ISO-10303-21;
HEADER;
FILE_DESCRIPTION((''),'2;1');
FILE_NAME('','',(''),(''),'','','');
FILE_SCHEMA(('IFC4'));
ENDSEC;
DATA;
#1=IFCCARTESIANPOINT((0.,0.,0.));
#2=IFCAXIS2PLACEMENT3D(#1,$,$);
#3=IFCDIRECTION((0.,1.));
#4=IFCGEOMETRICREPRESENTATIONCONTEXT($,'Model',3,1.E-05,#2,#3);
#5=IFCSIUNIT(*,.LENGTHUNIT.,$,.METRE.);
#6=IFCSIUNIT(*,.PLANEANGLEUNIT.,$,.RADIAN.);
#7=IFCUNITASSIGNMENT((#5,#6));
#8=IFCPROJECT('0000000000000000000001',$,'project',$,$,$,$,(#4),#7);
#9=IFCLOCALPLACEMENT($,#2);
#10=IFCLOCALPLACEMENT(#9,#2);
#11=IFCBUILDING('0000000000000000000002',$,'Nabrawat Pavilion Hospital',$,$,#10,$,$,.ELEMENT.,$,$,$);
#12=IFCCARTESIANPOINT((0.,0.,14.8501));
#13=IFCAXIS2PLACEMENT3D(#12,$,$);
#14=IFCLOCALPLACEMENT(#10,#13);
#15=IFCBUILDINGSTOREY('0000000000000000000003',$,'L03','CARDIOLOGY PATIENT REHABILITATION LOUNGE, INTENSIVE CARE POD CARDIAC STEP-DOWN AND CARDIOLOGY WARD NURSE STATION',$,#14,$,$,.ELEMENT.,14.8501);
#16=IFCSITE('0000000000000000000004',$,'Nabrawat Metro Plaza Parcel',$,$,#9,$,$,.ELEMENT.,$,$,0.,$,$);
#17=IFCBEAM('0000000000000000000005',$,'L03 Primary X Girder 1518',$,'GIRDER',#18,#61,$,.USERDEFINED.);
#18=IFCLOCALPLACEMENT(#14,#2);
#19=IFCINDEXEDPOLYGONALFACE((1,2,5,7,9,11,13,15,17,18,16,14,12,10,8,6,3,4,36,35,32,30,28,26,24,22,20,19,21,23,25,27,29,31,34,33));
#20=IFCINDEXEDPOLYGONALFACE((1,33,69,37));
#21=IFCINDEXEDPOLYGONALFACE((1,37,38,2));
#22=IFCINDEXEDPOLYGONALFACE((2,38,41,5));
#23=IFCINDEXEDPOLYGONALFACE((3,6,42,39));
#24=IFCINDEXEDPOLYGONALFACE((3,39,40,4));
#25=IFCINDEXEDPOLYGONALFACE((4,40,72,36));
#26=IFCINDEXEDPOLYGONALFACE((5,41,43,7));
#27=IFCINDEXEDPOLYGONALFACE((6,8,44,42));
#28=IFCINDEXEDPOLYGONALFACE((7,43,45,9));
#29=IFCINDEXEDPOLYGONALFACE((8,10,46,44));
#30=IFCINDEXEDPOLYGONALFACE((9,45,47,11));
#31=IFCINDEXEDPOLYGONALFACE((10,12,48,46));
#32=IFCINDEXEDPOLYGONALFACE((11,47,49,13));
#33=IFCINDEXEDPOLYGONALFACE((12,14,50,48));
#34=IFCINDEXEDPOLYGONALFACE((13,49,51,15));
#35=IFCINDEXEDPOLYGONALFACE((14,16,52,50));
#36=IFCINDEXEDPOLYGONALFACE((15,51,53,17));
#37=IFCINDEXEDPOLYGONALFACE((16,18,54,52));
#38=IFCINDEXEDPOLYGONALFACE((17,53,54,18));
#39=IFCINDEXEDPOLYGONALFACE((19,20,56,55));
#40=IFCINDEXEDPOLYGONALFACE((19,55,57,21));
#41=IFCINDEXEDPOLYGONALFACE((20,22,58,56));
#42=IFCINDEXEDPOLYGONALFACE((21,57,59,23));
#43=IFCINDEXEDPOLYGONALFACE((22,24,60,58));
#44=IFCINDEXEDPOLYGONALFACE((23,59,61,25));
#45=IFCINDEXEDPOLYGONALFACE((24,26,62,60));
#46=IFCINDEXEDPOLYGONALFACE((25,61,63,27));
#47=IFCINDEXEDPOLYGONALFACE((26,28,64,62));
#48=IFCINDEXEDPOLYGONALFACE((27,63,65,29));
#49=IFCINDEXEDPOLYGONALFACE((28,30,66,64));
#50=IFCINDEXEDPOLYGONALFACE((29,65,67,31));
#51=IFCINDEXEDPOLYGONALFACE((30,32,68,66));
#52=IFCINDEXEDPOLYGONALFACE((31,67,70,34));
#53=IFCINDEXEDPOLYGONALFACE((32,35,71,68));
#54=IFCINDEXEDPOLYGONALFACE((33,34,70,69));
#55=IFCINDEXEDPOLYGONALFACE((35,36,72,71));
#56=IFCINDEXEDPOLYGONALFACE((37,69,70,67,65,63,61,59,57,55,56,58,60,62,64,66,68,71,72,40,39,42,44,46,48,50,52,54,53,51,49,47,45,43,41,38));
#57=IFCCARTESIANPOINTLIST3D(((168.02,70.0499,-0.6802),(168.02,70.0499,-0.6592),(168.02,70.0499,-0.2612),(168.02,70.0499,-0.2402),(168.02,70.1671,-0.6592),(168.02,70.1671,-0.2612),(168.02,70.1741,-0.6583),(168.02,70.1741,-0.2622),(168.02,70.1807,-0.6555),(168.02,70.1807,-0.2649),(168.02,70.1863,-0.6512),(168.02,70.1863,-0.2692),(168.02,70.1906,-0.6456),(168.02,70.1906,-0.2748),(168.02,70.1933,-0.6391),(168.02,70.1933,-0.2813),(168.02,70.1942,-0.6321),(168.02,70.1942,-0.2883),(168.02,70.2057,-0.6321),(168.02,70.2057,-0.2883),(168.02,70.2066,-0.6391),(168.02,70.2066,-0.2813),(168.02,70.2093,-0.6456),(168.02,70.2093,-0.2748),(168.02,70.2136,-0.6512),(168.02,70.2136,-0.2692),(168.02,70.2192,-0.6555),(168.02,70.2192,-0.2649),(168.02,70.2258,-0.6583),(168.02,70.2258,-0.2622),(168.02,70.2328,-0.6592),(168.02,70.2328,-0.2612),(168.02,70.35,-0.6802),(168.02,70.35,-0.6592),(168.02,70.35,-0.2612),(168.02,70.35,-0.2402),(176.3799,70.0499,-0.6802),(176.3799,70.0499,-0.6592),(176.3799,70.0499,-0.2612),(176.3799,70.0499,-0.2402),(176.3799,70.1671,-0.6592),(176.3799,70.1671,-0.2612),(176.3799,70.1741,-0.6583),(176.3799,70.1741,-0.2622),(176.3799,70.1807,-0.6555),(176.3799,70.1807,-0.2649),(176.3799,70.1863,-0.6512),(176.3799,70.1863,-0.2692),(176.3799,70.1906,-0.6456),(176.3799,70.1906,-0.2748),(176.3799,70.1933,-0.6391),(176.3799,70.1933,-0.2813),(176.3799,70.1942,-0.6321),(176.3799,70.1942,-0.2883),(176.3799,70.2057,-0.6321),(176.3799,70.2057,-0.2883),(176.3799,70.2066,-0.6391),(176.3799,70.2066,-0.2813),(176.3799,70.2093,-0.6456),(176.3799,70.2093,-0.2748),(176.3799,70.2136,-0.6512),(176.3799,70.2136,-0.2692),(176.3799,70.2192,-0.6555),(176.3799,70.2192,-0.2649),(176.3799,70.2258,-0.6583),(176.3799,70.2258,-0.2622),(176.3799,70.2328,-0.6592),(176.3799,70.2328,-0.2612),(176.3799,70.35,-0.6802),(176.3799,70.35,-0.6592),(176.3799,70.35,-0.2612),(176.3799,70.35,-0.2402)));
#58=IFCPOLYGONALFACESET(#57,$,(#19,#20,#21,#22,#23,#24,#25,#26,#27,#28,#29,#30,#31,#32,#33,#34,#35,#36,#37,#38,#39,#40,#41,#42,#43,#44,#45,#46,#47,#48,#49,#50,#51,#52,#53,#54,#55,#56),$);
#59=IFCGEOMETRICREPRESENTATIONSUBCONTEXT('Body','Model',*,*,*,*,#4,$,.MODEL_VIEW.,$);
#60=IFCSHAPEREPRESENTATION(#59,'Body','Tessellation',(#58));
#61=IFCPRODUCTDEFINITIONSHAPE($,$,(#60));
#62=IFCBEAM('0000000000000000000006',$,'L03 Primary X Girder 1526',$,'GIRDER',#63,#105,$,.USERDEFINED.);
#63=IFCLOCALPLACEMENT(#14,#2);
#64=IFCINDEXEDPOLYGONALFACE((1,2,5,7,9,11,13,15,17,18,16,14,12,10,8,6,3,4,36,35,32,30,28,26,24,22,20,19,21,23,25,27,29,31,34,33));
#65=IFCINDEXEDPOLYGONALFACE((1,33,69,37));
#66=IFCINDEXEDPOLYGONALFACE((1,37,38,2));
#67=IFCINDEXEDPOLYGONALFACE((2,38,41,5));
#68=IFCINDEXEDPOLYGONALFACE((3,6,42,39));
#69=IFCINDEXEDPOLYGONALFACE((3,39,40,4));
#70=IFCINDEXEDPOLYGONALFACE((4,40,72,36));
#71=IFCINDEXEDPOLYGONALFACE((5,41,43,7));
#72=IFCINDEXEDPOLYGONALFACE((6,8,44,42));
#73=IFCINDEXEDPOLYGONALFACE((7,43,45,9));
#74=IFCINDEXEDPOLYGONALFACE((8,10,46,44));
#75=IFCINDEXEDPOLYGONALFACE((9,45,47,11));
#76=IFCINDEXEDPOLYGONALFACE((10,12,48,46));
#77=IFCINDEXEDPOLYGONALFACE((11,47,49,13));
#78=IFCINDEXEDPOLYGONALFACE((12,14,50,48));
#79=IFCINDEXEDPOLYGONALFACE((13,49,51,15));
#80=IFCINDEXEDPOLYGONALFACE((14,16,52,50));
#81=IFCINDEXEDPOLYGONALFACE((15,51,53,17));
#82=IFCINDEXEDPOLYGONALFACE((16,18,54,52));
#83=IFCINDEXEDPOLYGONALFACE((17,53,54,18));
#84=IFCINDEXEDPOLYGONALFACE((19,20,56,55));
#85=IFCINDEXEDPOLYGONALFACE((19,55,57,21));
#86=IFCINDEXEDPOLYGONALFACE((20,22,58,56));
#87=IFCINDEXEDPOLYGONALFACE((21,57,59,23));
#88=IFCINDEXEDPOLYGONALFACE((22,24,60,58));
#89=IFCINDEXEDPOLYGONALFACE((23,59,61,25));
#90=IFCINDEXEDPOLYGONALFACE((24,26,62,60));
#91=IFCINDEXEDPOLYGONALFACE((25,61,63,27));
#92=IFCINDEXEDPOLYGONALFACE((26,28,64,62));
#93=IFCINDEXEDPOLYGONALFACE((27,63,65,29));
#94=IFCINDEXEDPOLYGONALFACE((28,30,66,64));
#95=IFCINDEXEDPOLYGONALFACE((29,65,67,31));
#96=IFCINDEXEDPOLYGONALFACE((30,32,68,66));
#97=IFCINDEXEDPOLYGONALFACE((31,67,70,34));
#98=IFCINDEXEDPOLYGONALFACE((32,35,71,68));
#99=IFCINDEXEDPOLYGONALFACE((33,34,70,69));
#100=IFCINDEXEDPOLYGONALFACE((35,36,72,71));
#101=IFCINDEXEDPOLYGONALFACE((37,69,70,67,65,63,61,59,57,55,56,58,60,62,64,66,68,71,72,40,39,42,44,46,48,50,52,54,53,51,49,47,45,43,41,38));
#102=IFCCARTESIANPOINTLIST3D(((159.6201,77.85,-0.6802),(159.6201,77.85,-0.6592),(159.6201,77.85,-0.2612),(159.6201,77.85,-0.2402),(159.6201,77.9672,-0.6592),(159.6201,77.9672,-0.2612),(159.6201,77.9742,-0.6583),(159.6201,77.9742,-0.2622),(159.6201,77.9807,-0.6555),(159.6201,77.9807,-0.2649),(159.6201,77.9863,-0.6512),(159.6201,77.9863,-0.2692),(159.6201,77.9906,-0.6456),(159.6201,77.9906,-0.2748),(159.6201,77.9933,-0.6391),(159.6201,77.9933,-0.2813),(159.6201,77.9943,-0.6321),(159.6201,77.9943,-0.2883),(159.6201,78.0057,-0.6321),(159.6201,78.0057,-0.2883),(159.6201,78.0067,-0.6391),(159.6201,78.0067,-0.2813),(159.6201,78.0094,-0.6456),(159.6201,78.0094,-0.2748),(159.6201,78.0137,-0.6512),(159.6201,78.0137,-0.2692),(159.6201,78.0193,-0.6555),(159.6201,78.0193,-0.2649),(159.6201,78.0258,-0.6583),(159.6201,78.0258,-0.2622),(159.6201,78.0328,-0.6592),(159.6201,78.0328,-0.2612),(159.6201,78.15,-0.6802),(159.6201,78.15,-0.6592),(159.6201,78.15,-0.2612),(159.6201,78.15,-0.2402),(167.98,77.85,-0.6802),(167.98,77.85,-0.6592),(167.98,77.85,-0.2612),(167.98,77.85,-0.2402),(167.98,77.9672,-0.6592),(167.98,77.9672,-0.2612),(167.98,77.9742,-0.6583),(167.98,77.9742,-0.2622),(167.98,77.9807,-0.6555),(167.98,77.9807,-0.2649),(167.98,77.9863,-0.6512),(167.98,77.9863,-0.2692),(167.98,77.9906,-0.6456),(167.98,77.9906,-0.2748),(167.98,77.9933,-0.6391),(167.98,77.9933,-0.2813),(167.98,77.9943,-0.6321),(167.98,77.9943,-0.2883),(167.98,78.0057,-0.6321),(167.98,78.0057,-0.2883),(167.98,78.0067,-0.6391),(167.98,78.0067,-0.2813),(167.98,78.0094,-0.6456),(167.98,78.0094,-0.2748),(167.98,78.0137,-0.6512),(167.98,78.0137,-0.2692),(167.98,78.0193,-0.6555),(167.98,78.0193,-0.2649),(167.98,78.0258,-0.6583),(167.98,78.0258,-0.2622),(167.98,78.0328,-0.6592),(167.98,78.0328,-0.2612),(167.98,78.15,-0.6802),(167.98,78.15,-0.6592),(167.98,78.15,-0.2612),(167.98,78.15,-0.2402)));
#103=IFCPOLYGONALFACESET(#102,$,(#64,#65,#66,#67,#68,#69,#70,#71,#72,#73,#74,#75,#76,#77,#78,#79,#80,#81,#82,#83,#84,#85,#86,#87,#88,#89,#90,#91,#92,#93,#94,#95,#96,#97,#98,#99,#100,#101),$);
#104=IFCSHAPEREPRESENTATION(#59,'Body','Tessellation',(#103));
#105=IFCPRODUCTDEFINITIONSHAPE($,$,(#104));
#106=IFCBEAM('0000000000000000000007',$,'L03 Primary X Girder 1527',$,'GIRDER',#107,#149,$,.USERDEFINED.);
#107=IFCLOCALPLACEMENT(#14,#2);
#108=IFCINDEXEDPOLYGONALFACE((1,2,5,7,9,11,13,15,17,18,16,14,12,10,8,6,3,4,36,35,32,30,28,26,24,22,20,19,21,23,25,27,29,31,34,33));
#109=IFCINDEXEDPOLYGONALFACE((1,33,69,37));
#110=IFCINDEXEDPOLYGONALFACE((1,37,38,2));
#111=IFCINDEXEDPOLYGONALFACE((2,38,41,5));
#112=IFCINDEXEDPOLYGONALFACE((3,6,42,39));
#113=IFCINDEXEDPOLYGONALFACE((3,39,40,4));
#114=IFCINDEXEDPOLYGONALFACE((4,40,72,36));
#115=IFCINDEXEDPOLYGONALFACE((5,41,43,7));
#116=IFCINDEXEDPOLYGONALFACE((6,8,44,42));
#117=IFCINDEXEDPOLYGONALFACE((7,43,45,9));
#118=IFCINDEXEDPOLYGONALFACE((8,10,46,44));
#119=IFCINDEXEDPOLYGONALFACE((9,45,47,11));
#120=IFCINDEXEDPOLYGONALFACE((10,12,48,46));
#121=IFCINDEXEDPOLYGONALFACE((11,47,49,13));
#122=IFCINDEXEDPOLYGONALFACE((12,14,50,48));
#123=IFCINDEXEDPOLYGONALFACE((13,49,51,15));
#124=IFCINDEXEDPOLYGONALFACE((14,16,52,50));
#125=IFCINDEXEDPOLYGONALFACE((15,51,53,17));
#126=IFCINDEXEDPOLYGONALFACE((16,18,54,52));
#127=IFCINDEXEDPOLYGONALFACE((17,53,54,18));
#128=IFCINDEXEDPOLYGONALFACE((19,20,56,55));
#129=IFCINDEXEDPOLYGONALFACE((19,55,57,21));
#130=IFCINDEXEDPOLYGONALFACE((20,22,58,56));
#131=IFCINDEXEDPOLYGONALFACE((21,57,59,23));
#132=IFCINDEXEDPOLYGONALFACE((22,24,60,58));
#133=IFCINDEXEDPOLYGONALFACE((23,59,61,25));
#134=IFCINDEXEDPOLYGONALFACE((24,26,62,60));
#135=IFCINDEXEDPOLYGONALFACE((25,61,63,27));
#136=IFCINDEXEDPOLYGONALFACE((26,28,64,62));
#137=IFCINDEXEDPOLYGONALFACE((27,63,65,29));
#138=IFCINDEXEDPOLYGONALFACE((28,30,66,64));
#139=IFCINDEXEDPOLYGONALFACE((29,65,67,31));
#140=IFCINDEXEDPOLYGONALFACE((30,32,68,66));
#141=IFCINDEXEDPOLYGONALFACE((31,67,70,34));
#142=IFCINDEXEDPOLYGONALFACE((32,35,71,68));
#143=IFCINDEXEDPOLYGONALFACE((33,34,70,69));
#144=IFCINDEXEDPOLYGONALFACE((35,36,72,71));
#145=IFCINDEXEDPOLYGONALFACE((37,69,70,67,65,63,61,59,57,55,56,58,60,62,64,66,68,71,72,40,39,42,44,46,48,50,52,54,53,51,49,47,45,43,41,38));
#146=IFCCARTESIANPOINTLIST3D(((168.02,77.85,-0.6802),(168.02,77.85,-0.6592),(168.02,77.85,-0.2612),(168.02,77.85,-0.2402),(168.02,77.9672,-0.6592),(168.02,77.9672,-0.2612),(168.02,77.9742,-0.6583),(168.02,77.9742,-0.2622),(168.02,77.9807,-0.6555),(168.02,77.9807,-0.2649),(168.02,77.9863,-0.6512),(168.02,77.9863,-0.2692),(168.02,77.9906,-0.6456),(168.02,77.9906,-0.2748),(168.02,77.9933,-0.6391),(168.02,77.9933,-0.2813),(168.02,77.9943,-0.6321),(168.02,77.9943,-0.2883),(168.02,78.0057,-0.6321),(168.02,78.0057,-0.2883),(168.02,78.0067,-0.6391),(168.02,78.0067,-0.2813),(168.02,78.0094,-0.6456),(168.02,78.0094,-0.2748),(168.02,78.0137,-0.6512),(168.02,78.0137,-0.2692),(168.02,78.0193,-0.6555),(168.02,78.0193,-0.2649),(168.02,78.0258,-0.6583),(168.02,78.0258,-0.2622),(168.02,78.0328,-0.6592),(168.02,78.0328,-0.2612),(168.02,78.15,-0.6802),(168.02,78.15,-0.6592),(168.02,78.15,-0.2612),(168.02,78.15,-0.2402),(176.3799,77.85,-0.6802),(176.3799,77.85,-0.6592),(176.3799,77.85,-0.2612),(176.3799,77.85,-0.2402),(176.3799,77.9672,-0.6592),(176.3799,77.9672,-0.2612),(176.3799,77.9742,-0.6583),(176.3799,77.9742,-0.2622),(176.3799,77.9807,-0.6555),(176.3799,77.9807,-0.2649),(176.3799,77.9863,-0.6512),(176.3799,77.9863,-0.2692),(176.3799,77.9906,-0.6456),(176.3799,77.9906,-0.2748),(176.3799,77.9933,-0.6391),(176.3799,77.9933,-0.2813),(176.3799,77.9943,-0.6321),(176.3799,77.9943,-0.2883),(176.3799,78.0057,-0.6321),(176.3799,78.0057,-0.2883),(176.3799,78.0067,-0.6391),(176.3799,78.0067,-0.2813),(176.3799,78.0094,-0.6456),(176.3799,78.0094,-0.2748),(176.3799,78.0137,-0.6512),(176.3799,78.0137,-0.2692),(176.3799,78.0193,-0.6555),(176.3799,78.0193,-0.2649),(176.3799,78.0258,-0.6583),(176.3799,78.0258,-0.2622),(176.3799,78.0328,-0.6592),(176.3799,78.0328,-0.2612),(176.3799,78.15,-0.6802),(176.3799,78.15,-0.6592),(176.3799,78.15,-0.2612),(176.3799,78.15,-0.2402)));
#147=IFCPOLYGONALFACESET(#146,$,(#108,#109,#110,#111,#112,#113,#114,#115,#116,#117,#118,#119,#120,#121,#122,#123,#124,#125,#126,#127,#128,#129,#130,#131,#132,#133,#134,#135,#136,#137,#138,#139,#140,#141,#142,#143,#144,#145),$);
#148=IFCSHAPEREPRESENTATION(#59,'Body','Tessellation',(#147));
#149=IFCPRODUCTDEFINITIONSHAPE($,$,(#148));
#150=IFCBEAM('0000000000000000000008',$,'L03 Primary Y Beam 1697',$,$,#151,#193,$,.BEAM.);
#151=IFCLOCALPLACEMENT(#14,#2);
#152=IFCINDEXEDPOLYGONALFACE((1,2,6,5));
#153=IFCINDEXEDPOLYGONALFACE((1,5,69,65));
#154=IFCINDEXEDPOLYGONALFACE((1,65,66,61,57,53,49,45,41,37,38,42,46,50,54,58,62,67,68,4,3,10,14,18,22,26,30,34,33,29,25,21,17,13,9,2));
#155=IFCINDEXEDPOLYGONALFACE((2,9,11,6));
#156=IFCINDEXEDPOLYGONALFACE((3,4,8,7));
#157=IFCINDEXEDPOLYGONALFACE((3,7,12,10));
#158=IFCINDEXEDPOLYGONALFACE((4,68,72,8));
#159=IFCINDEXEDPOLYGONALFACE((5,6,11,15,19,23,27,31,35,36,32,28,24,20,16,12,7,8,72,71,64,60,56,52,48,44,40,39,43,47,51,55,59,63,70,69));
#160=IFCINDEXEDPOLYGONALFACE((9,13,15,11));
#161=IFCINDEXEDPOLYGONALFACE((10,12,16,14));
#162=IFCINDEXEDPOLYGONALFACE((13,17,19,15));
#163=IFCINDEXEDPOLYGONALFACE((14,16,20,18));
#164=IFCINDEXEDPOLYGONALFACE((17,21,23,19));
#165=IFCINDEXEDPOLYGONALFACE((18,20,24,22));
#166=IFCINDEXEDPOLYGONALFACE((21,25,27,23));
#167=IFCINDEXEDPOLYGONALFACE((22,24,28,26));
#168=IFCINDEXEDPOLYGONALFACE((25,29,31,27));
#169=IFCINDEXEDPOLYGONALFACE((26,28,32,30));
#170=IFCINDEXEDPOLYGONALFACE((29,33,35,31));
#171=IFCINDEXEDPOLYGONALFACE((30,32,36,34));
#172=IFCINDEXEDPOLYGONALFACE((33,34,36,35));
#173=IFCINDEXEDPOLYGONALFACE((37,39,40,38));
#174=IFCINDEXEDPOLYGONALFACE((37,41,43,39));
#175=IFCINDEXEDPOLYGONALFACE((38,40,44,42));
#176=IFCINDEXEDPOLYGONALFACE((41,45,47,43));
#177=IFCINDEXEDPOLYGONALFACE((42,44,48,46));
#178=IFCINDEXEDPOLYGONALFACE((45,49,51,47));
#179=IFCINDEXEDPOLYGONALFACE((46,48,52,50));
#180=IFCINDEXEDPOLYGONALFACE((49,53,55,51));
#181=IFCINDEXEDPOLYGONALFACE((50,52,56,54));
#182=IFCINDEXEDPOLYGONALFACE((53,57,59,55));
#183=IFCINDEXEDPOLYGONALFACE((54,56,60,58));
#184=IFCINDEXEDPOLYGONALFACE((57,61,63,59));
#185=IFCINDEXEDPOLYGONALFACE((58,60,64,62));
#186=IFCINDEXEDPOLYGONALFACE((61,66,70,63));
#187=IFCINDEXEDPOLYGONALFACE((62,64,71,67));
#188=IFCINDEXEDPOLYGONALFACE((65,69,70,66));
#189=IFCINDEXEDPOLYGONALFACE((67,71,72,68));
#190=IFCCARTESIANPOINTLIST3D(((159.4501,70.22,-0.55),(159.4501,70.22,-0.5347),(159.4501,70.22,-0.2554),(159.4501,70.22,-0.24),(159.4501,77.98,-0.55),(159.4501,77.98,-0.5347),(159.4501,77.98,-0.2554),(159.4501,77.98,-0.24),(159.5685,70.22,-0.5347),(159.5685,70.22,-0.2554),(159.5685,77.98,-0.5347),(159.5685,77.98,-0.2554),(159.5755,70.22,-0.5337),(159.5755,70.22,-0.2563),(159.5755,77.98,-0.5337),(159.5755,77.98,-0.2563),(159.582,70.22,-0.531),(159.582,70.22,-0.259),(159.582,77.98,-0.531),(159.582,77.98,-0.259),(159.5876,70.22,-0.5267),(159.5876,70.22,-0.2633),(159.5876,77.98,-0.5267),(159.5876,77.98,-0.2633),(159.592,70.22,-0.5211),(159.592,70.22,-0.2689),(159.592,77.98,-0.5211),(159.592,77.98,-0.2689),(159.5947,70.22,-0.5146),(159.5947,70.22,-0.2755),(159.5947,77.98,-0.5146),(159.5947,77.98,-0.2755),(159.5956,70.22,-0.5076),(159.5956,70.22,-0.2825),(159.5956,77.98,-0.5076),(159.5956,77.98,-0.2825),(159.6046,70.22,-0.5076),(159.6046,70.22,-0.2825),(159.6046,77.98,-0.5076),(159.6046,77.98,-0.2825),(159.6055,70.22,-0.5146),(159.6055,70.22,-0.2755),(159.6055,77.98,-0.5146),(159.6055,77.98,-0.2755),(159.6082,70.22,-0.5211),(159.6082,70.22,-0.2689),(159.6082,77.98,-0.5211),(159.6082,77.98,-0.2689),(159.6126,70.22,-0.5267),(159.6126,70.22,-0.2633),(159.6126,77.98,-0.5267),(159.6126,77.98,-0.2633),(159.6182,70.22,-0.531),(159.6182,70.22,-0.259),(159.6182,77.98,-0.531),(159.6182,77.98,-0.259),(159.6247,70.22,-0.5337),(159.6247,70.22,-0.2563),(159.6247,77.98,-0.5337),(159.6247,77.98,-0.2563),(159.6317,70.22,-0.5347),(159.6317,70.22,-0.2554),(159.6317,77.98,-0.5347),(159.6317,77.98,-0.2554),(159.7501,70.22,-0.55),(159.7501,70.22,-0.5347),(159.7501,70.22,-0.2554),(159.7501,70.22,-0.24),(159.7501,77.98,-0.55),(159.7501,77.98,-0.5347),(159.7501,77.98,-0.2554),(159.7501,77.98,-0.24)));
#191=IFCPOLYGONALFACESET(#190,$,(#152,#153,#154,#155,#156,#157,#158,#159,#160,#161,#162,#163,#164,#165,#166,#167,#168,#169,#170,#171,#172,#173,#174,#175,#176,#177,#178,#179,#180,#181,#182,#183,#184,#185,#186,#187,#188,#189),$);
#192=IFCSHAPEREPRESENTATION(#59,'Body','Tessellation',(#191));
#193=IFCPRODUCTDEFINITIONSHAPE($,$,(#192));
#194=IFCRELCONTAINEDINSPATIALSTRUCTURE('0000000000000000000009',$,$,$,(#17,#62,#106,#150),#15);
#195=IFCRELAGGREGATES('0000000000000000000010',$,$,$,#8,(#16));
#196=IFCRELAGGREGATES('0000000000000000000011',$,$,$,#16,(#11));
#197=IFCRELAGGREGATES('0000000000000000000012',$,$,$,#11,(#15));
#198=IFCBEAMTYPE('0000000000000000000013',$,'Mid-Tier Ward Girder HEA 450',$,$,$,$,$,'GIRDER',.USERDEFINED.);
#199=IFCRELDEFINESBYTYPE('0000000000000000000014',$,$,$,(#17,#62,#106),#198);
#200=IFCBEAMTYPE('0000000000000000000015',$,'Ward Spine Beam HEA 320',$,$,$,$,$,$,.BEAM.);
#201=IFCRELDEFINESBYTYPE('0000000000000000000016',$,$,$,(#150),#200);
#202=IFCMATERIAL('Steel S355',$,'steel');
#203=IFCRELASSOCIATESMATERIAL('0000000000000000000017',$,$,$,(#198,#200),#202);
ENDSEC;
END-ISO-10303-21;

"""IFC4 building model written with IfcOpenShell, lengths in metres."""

from ifc_helpers import new_model, si_unit, direction, frame, origin, origin_2d, place, context, subcontext, project, spatial, i_section, extrude, material, material_profile, profile_set, type_object, element, save


model = new_model("IFC4")

# Units and contexts
model_context = context("Model", 3, precision=1e-05, world=origin(), true_north=direction((0.0, 1.0)))
body_context = subcontext(model_context, "Body", "Model", "MODEL_VIEW")
ifc_project = project(units=[si_unit("LENGTHUNIT", "METRE"), si_unit("PLANEANGLEUNIT", "RADIAN")], contexts=[model_context])

# Site, building, storey
site_placement = place(None, origin())
site = spatial("IfcSite", under=ifc_project, at=site_placement, Name="Nabrawat Metro Plaza Parcel", CompositionType="ELEMENT", RefElevation=0.0)
building_placement = place(site_placement, origin())
building = spatial("IfcBuilding", under=site, at=building_placement, Name="Nabrawat Pavilion Hospital", CompositionType="ELEMENT")
storey_placement = place(building_placement, frame((0.0, 0.0, 14.8501)))
storey = spatial("IfcBuildingStorey", under=building, at=storey_placement, Name="L03", Description="CARDIOLOGY PATIENT REHABILITATION LOUNGE, INTENSIVE CARE POD CARDIAC STEP-DOWN AND CARDIOLOGY WARD NURSE STATION", CompositionType="ELEMENT", Elevation=14.8501)

# Shared definitions
ifc_material_1 = material(Name="Steel S355", Category="steel")

# Beams
ifc_material_profile_1 = material_profile(ifc_material_1, i_section(OverallWidth=0.3, OverallDepth=0.4399, WebThickness=0.0115, FlangeThickness=0.021, FilletRadius=0.0271, at=origin_2d()), Name="HEA 450")
ifc_profile_set_1 = profile_set([ifc_material_profile_1], Name="Steel S355")
beam_type_1 = type_object("IfcBeamType", Name="Mid-Tier Ward Girder HEA 450", ElementType="GIRDER", PredefinedType="USERDEFINED", material=ifc_profile_set_1)
for number, where, z_axis, x_axis, name in (
    (1, (168.02, 70.2, -0.4602), (1.0, 0.0, 0.0), (0.0, 1.0, 0.0), "L03 Primary X Girder 1518"),
    (2, (159.6201, 78.0, -0.4602), (1.0, 0.0, 0.0), (0.0, 1.0, 0.0), "L03 Primary X Girder 1526"),
    (3, (168.02, 78.0, -0.4602), (1.0, 0.0, 0.0), (0.0, 1.0, 0.0), "L03 Primary X Girder 1527"),
):
    element("IfcBeam", number, at=place(storey_placement, frame(where, z_axis=z_axis, x_axis=x_axis)), inside=storey, type_object=beam_type_1, Name=name, ObjectType="GIRDER", PredefinedType="USERDEFINED", context=body_context, shape_type="SweptSolid", body=[
        extrude(i_section(OverallWidth=0.3, OverallDepth=0.4399, WebThickness=0.0115, FlangeThickness=0.021, FilletRadius=0.0271, at=origin_2d()), origin(), (0.0, 0.0, 1.0), 8.3599),
    ])
ifc_material_profile_2 = material_profile(ifc_material_1, i_section(OverallWidth=0.3, OverallDepth=0.3101, WebThickness=0.009, FlangeThickness=0.0154, FilletRadius=0.0271, at=origin_2d()), Name="HEA 320")
ifc_profile_set_2 = profile_set([ifc_material_profile_2], Name="Steel S355")
beam_type_2 = type_object("IfcBeamType", Name="Ward Spine Beam HEA 320", PredefinedType="BEAM", material=ifc_profile_set_2)
for number, where, z_axis, x_axis, name in (
    (4, (159.6001, 70.22, -0.395), (0.0, 1.0, 0.0), (-1.0, 0.0, 0.0), "L03 Primary Y Beam 1697"),
):
    element("IfcBeam", number, at=place(storey_placement, frame(where, z_axis=z_axis, x_axis=x_axis)), inside=storey, type_object=beam_type_2, Name=name, PredefinedType="BEAM", context=body_context, shape_type="SweptSolid", body=[
        extrude(i_section(OverallWidth=0.3, OverallDepth=0.3101, WebThickness=0.009, FlangeThickness=0.0154, FilletRadius=0.0271, at=origin_2d()), origin(), (0.0, 0.0, 1.0), 7.76),
    ])

save(model, "model.ifc")
